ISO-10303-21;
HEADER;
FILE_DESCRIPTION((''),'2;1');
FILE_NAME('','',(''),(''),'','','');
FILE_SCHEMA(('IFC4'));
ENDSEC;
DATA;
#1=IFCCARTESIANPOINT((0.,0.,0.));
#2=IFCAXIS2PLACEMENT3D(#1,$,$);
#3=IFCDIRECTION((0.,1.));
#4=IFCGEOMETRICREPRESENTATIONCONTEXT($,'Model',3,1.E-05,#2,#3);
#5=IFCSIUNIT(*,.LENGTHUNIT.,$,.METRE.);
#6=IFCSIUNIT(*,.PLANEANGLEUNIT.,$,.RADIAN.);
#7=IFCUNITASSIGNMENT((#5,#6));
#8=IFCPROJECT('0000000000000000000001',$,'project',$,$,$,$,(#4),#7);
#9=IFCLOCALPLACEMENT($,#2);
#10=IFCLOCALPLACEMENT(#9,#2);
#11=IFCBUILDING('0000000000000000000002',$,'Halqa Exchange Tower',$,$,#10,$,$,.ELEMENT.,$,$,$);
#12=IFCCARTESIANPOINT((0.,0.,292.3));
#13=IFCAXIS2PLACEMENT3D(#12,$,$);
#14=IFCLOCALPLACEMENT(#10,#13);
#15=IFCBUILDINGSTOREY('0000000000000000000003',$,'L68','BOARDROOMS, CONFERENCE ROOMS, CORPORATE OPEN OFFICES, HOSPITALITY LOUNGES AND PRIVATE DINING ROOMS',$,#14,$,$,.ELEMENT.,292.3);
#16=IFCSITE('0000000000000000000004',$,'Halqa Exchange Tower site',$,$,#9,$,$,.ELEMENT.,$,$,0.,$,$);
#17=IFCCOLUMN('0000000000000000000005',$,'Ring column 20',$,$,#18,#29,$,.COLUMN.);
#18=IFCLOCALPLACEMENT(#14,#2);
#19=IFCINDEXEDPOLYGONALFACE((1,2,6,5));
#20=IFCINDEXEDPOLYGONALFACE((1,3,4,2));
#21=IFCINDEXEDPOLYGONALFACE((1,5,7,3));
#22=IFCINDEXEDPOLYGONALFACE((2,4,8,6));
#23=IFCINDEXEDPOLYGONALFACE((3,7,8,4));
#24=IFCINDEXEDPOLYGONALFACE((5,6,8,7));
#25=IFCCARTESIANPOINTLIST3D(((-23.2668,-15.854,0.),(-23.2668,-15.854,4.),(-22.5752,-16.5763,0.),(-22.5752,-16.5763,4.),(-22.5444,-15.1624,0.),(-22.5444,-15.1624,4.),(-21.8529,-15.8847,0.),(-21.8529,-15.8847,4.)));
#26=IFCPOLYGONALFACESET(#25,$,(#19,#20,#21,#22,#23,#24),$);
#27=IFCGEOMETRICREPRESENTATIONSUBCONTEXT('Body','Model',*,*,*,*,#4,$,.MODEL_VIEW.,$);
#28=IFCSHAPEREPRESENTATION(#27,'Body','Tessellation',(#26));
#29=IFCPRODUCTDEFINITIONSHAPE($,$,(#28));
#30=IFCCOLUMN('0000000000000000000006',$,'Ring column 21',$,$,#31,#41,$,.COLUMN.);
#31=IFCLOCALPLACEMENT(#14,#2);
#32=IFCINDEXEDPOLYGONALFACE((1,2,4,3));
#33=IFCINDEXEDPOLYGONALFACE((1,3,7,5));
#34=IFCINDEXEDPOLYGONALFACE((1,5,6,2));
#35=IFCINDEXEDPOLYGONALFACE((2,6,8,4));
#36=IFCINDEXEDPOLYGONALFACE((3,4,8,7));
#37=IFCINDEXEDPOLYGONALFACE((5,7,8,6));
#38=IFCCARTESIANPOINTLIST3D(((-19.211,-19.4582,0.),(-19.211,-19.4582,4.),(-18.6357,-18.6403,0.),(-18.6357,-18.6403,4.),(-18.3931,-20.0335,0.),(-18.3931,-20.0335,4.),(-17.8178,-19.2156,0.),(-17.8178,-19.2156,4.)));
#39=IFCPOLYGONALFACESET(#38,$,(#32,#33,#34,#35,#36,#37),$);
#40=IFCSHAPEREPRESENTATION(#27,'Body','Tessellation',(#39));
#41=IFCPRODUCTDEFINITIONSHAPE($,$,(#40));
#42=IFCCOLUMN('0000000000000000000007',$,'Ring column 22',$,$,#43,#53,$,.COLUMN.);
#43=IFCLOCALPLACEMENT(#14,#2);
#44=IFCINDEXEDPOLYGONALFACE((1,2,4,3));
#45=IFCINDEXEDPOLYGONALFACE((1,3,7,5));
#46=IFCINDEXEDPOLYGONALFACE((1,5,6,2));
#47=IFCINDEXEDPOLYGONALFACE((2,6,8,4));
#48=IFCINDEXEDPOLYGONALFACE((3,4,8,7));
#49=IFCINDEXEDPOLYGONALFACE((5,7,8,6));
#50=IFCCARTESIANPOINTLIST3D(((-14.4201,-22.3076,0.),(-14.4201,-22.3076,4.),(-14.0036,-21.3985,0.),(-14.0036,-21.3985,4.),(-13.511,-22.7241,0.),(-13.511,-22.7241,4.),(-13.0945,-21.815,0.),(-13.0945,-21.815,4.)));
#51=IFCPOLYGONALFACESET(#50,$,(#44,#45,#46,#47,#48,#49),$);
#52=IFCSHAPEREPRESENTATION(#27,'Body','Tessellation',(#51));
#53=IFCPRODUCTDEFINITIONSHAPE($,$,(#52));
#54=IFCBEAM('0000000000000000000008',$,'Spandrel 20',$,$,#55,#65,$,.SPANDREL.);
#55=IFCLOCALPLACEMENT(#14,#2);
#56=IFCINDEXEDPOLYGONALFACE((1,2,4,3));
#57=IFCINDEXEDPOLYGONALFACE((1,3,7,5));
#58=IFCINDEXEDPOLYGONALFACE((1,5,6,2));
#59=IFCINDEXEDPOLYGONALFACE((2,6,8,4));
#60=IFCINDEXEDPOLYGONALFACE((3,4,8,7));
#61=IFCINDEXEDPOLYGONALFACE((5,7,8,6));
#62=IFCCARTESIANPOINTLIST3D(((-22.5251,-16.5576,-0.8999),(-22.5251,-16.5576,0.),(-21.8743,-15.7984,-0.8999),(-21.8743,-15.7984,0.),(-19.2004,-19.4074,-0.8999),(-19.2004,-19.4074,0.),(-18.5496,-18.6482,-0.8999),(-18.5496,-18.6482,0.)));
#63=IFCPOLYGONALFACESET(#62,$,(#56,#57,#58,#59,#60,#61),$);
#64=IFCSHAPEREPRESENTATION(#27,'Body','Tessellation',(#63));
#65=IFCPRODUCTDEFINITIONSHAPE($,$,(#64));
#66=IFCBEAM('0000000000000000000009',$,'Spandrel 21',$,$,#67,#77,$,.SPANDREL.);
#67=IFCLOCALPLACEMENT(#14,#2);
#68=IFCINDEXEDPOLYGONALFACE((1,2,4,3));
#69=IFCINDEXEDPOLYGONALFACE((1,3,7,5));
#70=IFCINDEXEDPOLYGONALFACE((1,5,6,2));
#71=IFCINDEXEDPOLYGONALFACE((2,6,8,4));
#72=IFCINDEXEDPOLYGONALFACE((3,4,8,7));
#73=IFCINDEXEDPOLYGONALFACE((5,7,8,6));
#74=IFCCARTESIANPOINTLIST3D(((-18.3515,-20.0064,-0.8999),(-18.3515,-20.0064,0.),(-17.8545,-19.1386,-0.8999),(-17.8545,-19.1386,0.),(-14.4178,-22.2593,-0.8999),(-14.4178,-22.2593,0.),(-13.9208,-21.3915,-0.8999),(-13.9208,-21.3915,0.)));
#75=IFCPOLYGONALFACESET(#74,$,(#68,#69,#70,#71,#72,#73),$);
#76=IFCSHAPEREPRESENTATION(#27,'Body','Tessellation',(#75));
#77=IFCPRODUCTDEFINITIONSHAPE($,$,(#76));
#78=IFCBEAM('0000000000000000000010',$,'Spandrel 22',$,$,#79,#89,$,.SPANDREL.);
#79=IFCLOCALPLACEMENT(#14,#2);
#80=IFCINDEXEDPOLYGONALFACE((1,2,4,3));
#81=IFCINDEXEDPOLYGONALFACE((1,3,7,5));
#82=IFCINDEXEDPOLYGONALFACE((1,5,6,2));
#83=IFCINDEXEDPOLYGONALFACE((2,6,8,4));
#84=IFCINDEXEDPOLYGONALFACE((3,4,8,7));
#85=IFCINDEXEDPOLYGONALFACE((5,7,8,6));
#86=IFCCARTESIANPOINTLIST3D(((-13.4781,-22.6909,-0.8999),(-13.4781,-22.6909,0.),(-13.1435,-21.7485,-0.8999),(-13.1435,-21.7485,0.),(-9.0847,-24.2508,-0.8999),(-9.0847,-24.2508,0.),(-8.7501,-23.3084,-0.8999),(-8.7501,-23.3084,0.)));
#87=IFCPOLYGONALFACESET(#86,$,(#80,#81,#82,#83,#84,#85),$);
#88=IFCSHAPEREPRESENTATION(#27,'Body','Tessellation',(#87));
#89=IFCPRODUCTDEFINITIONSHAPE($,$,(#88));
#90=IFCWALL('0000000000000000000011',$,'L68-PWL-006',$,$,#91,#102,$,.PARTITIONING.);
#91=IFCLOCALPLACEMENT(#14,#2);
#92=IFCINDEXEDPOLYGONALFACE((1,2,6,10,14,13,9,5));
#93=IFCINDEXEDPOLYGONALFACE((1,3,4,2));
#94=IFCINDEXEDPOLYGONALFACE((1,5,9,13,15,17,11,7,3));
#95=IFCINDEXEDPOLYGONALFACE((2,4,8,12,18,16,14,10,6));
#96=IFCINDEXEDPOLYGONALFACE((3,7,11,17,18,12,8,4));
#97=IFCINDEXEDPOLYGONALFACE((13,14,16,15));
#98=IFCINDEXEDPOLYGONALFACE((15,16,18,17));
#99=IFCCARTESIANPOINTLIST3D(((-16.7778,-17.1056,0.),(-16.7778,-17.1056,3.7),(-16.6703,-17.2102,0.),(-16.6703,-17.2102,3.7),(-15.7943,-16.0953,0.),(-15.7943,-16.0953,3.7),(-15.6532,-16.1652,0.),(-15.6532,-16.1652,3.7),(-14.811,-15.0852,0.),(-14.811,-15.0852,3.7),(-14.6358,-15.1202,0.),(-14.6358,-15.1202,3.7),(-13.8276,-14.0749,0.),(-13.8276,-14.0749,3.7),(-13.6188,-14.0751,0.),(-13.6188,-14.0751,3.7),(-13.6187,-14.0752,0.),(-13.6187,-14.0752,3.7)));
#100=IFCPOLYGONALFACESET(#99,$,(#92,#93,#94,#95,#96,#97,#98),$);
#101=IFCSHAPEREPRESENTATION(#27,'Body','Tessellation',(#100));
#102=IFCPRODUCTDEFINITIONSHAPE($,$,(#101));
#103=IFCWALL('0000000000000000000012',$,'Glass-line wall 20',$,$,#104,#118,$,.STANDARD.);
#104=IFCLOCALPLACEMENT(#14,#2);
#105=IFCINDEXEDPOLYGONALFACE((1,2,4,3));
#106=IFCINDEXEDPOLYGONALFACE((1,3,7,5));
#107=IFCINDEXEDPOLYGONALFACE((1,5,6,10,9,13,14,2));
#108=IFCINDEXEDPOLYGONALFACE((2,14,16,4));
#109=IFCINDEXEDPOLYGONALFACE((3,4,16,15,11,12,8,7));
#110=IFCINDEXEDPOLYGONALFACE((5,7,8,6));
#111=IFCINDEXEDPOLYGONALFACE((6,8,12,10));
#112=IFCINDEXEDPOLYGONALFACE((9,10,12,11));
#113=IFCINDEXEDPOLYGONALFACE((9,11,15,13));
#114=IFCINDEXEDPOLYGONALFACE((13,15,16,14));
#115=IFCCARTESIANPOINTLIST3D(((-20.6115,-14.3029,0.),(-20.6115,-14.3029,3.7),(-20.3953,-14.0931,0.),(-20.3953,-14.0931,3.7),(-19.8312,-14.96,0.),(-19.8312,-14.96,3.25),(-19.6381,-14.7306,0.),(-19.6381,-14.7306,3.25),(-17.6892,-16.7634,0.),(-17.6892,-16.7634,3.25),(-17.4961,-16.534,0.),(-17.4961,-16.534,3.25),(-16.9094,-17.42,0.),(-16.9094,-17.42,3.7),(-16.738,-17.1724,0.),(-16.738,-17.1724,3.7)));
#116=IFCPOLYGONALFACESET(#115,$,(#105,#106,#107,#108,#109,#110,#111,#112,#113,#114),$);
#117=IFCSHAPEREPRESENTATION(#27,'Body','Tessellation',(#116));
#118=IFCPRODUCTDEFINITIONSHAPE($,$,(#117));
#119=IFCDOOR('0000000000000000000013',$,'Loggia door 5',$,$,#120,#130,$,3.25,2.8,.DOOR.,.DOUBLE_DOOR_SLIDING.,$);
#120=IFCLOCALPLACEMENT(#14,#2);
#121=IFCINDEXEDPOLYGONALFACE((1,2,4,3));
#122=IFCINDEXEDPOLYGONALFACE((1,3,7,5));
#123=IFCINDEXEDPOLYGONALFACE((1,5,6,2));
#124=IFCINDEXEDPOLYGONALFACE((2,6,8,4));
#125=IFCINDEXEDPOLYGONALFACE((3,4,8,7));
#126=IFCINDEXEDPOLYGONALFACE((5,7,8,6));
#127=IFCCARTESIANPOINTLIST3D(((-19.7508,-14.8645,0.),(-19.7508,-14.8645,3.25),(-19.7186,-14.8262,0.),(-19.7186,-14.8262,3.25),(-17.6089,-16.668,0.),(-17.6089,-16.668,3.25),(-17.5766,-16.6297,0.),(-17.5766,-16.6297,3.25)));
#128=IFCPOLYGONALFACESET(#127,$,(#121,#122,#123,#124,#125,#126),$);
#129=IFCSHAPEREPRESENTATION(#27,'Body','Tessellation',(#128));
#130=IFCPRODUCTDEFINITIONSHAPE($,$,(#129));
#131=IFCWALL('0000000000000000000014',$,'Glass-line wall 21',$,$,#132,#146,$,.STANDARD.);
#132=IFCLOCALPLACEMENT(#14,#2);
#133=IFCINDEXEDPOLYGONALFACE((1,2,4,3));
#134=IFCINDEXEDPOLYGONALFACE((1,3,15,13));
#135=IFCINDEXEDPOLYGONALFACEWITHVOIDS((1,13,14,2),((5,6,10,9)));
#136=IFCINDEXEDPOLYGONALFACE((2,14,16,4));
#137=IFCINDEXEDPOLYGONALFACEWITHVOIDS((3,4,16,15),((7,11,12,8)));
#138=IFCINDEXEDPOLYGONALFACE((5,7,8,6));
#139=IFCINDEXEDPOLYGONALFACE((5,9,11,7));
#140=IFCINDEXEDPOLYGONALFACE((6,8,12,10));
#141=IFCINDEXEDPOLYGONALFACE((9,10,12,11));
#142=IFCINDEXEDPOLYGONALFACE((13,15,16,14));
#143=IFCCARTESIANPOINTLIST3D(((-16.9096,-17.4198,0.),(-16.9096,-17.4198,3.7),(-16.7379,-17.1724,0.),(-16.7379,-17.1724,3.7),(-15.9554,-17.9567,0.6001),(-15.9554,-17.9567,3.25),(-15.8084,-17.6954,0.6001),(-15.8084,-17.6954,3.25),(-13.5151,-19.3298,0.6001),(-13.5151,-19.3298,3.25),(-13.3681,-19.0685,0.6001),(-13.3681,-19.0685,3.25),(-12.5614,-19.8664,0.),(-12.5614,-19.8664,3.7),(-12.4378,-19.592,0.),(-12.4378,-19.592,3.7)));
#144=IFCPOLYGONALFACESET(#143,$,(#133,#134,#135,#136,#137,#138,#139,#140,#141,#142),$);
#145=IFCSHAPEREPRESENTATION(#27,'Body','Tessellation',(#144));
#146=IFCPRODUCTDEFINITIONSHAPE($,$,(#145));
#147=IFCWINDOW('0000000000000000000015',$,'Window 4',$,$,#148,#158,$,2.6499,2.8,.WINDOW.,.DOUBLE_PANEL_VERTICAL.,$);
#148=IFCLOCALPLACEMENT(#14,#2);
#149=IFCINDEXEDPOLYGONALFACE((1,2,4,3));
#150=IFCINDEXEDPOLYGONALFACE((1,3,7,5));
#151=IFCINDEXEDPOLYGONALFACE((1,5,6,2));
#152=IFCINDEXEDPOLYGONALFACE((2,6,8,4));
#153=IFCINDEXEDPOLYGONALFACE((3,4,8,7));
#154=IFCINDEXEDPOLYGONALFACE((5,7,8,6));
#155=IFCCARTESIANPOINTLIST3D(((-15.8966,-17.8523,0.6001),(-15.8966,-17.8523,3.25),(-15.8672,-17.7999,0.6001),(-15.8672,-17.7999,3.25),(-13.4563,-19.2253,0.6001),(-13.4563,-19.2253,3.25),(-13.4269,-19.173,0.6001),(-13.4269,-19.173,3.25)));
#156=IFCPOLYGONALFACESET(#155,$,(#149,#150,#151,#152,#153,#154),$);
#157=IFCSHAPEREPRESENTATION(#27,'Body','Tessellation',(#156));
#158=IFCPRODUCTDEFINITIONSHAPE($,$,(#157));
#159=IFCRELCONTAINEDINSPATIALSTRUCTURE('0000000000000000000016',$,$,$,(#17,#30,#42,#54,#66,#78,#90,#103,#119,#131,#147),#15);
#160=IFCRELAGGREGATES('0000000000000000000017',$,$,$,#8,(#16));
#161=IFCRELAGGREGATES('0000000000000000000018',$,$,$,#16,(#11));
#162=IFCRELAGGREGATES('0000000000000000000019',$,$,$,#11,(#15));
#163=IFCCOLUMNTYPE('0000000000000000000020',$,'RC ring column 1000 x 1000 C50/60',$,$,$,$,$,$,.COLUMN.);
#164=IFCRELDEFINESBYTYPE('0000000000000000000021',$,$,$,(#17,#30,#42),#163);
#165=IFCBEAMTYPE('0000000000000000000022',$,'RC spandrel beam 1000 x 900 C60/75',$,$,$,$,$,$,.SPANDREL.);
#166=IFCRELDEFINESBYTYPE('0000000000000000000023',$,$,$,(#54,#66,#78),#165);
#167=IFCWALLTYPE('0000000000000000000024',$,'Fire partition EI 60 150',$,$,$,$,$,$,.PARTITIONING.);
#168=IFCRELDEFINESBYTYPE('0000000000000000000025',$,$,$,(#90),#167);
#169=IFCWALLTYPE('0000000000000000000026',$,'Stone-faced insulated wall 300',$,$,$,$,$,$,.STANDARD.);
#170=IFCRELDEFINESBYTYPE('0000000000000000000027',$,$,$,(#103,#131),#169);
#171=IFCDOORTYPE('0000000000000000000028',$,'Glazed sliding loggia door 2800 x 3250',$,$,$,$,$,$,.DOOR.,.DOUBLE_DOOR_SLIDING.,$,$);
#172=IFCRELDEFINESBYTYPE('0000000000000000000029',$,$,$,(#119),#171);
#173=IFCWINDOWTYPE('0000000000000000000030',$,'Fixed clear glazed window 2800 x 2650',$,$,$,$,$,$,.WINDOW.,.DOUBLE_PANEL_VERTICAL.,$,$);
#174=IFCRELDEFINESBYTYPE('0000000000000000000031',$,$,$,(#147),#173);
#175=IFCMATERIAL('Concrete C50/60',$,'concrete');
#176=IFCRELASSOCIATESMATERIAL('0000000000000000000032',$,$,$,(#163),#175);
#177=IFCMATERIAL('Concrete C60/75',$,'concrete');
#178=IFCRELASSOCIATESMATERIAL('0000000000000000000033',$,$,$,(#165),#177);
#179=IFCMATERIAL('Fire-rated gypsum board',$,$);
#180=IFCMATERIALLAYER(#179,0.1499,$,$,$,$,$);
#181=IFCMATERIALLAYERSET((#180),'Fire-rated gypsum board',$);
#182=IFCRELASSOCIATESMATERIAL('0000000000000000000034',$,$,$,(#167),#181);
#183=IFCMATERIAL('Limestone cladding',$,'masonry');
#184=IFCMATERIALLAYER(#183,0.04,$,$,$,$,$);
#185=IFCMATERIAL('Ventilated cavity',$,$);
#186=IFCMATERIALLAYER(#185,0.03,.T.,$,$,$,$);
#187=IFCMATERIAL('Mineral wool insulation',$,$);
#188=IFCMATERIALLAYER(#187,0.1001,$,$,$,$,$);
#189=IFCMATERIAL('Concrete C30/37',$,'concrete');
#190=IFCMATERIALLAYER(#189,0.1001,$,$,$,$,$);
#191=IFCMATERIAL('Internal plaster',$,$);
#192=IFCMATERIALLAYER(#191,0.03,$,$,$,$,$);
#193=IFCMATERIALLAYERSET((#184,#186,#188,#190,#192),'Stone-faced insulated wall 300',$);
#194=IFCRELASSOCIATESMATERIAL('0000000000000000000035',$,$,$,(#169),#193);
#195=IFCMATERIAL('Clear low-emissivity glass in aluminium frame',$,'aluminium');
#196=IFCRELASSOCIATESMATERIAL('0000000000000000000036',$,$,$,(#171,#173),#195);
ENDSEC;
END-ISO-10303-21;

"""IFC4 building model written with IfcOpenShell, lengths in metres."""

from ifc_helpers import new_model, si_unit, direction, frame, frame_2d, origin, origin_2d, place, context, subcontext, project, spatial, polyline, rectangle, outline, extrude, material, layer, layer_set, material_profile, profile_set, type_object, element, fill, save


model = new_model("IFC4")

# Units and contexts
model_context = context("Model", 3, precision=1e-05, world=origin(), true_north=direction((0.0, 1.0)))
body_context = subcontext(model_context, "Body", "Model", "MODEL_VIEW")
ifc_project = project(units=[si_unit("LENGTHUNIT", "METRE"), si_unit("PLANEANGLEUNIT", "RADIAN")], contexts=[model_context])

# Site, building, storey
site_placement = place(None, origin())
site = spatial("IfcSite", under=ifc_project, at=site_placement, Name="Halqa Exchange Tower site", CompositionType="ELEMENT", RefElevation=0.0)
building_placement = place(site_placement, origin())
building = spatial("IfcBuilding", under=site, at=building_placement, Name="Halqa Exchange Tower", CompositionType="ELEMENT")
storey_placement = place(building_placement, frame((0.0, 0.0, 292.3)))
storey = spatial("IfcBuildingStorey", under=building, at=storey_placement, Name="L68", Description="BOARDROOMS, CONFERENCE ROOMS, CORPORATE OPEN OFFICES, HOSPITALITY LOUNGES AND PRIVATE DINING ROOMS", CompositionType="ELEMENT", Elevation=292.3)

# Columns
ifc_material_1 = material(Name="Concrete C50/60", Category="concrete")
ifc_material_profile_1 = material_profile(ifc_material_1, rectangle(XDim=1.0, YDim=1.0, at=origin_2d()), Name="1000 x 1000")
ifc_profile_set_1 = profile_set([ifc_material_profile_1], Name="Concrete C50/60")
column_type = type_object("IfcColumnType", Name="RC ring column 1000 x 1000 C50/60", PredefinedType="COLUMN", material=ifc_profile_set_1)
for number, where, z_axis, x_axis, name in (
    (1, (-22.5598, -15.8694, 0.0), (0.0, 0.0, 1.0), (0.691575, -0.722305, 0.0), "Ring column 20"),
    (2, (-18.5144, -19.3369, 0.0), (0.0, 0.0, 1.0), (0.817906, -0.575352, 0.0), "Ring column 21"),
    (3, (-13.7573, -22.0613, 0.0), (0.0, 0.0, 1.0), (0.909129, -0.416516, 0.0), "Ring column 22"),
):
    element("IfcColumn", number, at=place(storey_placement, frame(where, z_axis=z_axis, x_axis=x_axis)), inside=storey, type_object=column_type, Name=name, PredefinedType="COLUMN", context=body_context, shape_type="SweptSolid", body=[
        extrude(rectangle(XDim=1.0, YDim=1.0, at=origin_2d()), origin(), (0.0, 0.0, 1.0), 4.0),
    ])

# Beams
ifc_material_2 = material(Name="Concrete C60/75", Category="concrete")
ifc_material_profile_2 = material_profile(ifc_material_2, rectangle(XDim=1.0, YDim=0.8999, at=origin_2d()), Name="1000 x 900")
ifc_profile_set_2 = profile_set([ifc_material_profile_2], Name="Concrete C60/75")
beam_type = type_object("IfcBeamType", Name="RC spandrel beam 1000 x 900 C60/75", PredefinedType="SPANDREL", material=ifc_profile_set_2)
beam_1_placement = place(storey_placement, frame((-22.1997, -16.178, -0.45), z_axis=(0.759245, -0.650805, 0.0), x_axis=(0.650805, 0.759245, 0.0)))
element("IfcBeam", 4, at=beam_1_placement, inside=storey, type_object=beam_type, Name="Spandrel 20", PredefinedType="SPANDREL", context=body_context, shape_type="SweptSolid", body=[
    extrude(rectangle(XDim=1.0, YDim=0.8999, at=origin_2d()), origin(), (0.0, 0.0, 1.0), 4.3789),
])
beam_2_placement = place(storey_placement, frame((-18.103, -19.5725, -0.45), z_axis=(0.867766, -0.496974, 0.0), x_axis=(0.496974, 0.867766, 0.0)))
element("IfcBeam", 5, at=beam_2_placement, inside=storey, type_object=beam_type, Name="Spandrel 21", PredefinedType="SPANDREL", context=body_context, shape_type="SweptSolid", body=[
    extrude(rectangle(XDim=1.0, YDim=0.8999, at=origin_2d()), origin(), (0.0, 0.0, 1.0), 4.5332),
])
beam_3_placement = place(storey_placement, frame((-13.3108, -22.2197, -0.45), z_axis=(0.942367, -0.334581, 0.0), x_axis=(0.334581, 0.942367, 0.0)))
element("IfcBeam", 6, at=beam_3_placement, inside=storey, type_object=beam_type, Name="Spandrel 22", PredefinedType="SPANDREL", context=body_context, shape_type="SweptSolid", body=[
    extrude(rectangle(XDim=1.0, YDim=0.8999, at=origin_2d()), origin(), (0.0, 0.0, 1.0), 4.6621),
])

# Shared definitions
ifc_material_3 = material(Name="Fire-rated gypsum board")
ifc_layer_1 = layer(ifc_material_3, 0.1499)
ifc_layer_set_1 = layer_set([ifc_layer_1], Name="Fire-rated gypsum board")
wall_type_1 = type_object("IfcWallType", Name="Fire partition EI 60 150", PredefinedType="PARTITIONING", material=ifc_layer_set_1)

# Wall
wall_1_placement = place(storey_placement, frame((-13.6724, -14.0229, 0.0), z_axis=(0.0, 0.0, 1.0), x_axis=(-0.697528, -0.716557, 0.0)))
element("IfcWall", 7, at=wall_1_placement, inside=storey, type_object=wall_type_1, Name="L68-PWL-006", PredefinedType="PARTITIONING", context=body_context, shape_type="SweptSolid", body=[
    extrude(outline(polyline([(0.0, 0.075), (0.0, 0.0747), (0.1455, -0.075), (1.5554, -0.075), (2.9651, -0.075), (4.375, -0.075), (4.375, 0.075), (2.9167, 0.075), (1.4583, 0.075), (0.0, 0.075)])), origin(), (0.0, 0.0, 1.0), 3.7),
])

# Wall, opening, door
ifc_material_4 = material(Name="Limestone cladding", Category="masonry")
ifc_layer_2 = layer(ifc_material_4, 0.04)
ifc_material_5 = material(Name="Ventilated cavity")
ifc_layer_3 = layer(ifc_material_5, 0.03, ventilated=True)
ifc_material_6 = material(Name="Mineral wool insulation")
ifc_layer_4 = layer(ifc_material_6, 0.1001)
ifc_material_7 = material(Name="Concrete C30/37", Category="concrete")
ifc_layer_5 = layer(ifc_material_7, 0.1001)
ifc_material_8 = material(Name="Internal plaster")
ifc_layer_6 = layer(ifc_material_8, 0.03)
ifc_layer_set_2 = layer_set([ifc_layer_2, ifc_layer_3, ifc_layer_4, ifc_layer_5, ifc_layer_6], Name="Stone-faced insulated wall 300")
wall_type_2 = type_object("IfcWallType", Name="Stone-faced insulated wall 300", PredefinedType="STANDARD", material=ifc_layer_set_2)
wall_2_placement = place(storey_placement, frame((-20.5034, -14.198, 0.0), z_axis=(0.0, 0.0, 1.0), x_axis=(0.764966, -0.64407, 0.0)))
wall_2 = element("IfcWall", 8, at=wall_2_placement, inside=storey, type_object=wall_type_2, Name="Glass-line wall 20", PredefinedType="STANDARD", context=body_context, shape_type="SweptSolid", body=[
    extrude(outline(polyline([(-0.0151, -0.1499), (4.8245, -0.1499), (4.7961, 0.1499), (0.0151, 0.1499), (-0.0151, -0.1499)])), origin(), (0.0, 0.0, 1.0), 3.7),
])
opening_1_placement = place(wall_2_placement, frame((1.0051, 0.0, 0.0)))
opening_1 = element("IfcOpeningElement", 9, at=opening_1_placement, cuts=wall_2, PredefinedType="OPENING", context=body_context, shape_type="SweptSolid", body=[
    extrude(rectangle(XDim=2.8, YDim=3.25, at=frame_2d((1.3999, 1.625))), frame((0.0, 0.1621, 0.0), z_axis=(0.0, -1.0, 0.0), x_axis=(1.0, 0.0, 0.0)), (0.0, 0.0, 1.0), 0.324),
])
ifc_material_9 = material(Name="Clear low-emissivity glass in aluminium frame", Category="aluminium")
door_type_1 = type_object("IfcDoorType", Name="Glazed sliding loggia door 2800 x 3250", OperationType="DOUBLE_DOOR_SLIDING", PredefinedType="DOOR", material=ifc_material_9)
door_1_placement = place(opening_1_placement, origin())
door_1 = element("IfcDoor", 10, at=door_1_placement, inside=storey, type_object=door_type_1, Name="Loggia door 5", OperationType="DOUBLE_DOOR_SLIDING", OverallHeight=3.25, OverallWidth=2.8, PredefinedType="DOOR", context=body_context, shape_type="SweptSolid", body=[
    extrude(rectangle(XDim=2.8, YDim=3.25, at=frame_2d((1.3999, 1.625))), frame((0.0, 0.0249, 0.0), z_axis=(0.0, -1.0, 0.0), x_axis=(1.0, 0.0, 0.0)), (0.0, 0.0, 1.0), 0.05),
])
fill(opening_1, door_1)

# Wall, opening, window
wall_3_placement = place(storey_placement, frame((-16.8237, -17.2961, 0.0), z_axis=(0.0, 0.0, 1.0), x_axis=(0.871512, -0.490373, 0.0)))
wall_3 = element("IfcWall", 11, at=wall_3_placement, inside=storey, type_object=wall_type_2, Name="Glass-line wall 21", PredefinedType="STANDARD", context=body_context, shape_type="SweptSolid", body=[
    extrude(outline(polyline([(-0.0142, -0.1499), (4.9751, -0.1499), (4.9482, 0.1499), (0.0142, 0.1499), (-0.0142, -0.1499)])), origin(), (0.0, 0.0, 1.0), 3.7),
])
opening_2_placement = place(wall_3_placement, frame((1.0808, 0.0, 0.6001)))
opening_2 = element("IfcOpeningElement", 12, at=opening_2_placement, cuts=wall_3, PredefinedType="OPENING", context=body_context, shape_type="SweptSolid", body=[
    extrude(rectangle(XDim=2.8, YDim=2.6499, at=frame_2d((1.3999, 1.325))), frame((0.0, 0.1621, 0.0), z_axis=(0.0, -1.0, 0.0), x_axis=(1.0, 0.0, 0.0)), (0.0, 0.0, 1.0), 0.324),
])
window_type = type_object("IfcWindowType", Name="Fixed clear glazed window 2800 x 2650", PartitioningType="DOUBLE_PANEL_VERTICAL", PredefinedType="WINDOW", material=ifc_material_9)
window_1_placement = place(opening_2_placement, origin())
window_1 = element("IfcWindow", 13, at=window_1_placement, inside=storey, type_object=window_type, Name="Window 4", OverallHeight=2.6499, OverallWidth=2.8, PartitioningType="DOUBLE_PANEL_VERTICAL", PredefinedType="WINDOW", context=body_context, shape_type="SweptSolid", body=[
    extrude(rectangle(XDim=2.8, YDim=2.6499, at=frame_2d((1.3999, 1.325))), frame((0.0, 0.03, 0.0), z_axis=(0.0, -1.0, 0.0), x_axis=(1.0, 0.0, 0.0)), (0.0, 0.0, 1.0), 0.0601),
])
fill(opening_2, window_1)

save(model, "model.ifc")
